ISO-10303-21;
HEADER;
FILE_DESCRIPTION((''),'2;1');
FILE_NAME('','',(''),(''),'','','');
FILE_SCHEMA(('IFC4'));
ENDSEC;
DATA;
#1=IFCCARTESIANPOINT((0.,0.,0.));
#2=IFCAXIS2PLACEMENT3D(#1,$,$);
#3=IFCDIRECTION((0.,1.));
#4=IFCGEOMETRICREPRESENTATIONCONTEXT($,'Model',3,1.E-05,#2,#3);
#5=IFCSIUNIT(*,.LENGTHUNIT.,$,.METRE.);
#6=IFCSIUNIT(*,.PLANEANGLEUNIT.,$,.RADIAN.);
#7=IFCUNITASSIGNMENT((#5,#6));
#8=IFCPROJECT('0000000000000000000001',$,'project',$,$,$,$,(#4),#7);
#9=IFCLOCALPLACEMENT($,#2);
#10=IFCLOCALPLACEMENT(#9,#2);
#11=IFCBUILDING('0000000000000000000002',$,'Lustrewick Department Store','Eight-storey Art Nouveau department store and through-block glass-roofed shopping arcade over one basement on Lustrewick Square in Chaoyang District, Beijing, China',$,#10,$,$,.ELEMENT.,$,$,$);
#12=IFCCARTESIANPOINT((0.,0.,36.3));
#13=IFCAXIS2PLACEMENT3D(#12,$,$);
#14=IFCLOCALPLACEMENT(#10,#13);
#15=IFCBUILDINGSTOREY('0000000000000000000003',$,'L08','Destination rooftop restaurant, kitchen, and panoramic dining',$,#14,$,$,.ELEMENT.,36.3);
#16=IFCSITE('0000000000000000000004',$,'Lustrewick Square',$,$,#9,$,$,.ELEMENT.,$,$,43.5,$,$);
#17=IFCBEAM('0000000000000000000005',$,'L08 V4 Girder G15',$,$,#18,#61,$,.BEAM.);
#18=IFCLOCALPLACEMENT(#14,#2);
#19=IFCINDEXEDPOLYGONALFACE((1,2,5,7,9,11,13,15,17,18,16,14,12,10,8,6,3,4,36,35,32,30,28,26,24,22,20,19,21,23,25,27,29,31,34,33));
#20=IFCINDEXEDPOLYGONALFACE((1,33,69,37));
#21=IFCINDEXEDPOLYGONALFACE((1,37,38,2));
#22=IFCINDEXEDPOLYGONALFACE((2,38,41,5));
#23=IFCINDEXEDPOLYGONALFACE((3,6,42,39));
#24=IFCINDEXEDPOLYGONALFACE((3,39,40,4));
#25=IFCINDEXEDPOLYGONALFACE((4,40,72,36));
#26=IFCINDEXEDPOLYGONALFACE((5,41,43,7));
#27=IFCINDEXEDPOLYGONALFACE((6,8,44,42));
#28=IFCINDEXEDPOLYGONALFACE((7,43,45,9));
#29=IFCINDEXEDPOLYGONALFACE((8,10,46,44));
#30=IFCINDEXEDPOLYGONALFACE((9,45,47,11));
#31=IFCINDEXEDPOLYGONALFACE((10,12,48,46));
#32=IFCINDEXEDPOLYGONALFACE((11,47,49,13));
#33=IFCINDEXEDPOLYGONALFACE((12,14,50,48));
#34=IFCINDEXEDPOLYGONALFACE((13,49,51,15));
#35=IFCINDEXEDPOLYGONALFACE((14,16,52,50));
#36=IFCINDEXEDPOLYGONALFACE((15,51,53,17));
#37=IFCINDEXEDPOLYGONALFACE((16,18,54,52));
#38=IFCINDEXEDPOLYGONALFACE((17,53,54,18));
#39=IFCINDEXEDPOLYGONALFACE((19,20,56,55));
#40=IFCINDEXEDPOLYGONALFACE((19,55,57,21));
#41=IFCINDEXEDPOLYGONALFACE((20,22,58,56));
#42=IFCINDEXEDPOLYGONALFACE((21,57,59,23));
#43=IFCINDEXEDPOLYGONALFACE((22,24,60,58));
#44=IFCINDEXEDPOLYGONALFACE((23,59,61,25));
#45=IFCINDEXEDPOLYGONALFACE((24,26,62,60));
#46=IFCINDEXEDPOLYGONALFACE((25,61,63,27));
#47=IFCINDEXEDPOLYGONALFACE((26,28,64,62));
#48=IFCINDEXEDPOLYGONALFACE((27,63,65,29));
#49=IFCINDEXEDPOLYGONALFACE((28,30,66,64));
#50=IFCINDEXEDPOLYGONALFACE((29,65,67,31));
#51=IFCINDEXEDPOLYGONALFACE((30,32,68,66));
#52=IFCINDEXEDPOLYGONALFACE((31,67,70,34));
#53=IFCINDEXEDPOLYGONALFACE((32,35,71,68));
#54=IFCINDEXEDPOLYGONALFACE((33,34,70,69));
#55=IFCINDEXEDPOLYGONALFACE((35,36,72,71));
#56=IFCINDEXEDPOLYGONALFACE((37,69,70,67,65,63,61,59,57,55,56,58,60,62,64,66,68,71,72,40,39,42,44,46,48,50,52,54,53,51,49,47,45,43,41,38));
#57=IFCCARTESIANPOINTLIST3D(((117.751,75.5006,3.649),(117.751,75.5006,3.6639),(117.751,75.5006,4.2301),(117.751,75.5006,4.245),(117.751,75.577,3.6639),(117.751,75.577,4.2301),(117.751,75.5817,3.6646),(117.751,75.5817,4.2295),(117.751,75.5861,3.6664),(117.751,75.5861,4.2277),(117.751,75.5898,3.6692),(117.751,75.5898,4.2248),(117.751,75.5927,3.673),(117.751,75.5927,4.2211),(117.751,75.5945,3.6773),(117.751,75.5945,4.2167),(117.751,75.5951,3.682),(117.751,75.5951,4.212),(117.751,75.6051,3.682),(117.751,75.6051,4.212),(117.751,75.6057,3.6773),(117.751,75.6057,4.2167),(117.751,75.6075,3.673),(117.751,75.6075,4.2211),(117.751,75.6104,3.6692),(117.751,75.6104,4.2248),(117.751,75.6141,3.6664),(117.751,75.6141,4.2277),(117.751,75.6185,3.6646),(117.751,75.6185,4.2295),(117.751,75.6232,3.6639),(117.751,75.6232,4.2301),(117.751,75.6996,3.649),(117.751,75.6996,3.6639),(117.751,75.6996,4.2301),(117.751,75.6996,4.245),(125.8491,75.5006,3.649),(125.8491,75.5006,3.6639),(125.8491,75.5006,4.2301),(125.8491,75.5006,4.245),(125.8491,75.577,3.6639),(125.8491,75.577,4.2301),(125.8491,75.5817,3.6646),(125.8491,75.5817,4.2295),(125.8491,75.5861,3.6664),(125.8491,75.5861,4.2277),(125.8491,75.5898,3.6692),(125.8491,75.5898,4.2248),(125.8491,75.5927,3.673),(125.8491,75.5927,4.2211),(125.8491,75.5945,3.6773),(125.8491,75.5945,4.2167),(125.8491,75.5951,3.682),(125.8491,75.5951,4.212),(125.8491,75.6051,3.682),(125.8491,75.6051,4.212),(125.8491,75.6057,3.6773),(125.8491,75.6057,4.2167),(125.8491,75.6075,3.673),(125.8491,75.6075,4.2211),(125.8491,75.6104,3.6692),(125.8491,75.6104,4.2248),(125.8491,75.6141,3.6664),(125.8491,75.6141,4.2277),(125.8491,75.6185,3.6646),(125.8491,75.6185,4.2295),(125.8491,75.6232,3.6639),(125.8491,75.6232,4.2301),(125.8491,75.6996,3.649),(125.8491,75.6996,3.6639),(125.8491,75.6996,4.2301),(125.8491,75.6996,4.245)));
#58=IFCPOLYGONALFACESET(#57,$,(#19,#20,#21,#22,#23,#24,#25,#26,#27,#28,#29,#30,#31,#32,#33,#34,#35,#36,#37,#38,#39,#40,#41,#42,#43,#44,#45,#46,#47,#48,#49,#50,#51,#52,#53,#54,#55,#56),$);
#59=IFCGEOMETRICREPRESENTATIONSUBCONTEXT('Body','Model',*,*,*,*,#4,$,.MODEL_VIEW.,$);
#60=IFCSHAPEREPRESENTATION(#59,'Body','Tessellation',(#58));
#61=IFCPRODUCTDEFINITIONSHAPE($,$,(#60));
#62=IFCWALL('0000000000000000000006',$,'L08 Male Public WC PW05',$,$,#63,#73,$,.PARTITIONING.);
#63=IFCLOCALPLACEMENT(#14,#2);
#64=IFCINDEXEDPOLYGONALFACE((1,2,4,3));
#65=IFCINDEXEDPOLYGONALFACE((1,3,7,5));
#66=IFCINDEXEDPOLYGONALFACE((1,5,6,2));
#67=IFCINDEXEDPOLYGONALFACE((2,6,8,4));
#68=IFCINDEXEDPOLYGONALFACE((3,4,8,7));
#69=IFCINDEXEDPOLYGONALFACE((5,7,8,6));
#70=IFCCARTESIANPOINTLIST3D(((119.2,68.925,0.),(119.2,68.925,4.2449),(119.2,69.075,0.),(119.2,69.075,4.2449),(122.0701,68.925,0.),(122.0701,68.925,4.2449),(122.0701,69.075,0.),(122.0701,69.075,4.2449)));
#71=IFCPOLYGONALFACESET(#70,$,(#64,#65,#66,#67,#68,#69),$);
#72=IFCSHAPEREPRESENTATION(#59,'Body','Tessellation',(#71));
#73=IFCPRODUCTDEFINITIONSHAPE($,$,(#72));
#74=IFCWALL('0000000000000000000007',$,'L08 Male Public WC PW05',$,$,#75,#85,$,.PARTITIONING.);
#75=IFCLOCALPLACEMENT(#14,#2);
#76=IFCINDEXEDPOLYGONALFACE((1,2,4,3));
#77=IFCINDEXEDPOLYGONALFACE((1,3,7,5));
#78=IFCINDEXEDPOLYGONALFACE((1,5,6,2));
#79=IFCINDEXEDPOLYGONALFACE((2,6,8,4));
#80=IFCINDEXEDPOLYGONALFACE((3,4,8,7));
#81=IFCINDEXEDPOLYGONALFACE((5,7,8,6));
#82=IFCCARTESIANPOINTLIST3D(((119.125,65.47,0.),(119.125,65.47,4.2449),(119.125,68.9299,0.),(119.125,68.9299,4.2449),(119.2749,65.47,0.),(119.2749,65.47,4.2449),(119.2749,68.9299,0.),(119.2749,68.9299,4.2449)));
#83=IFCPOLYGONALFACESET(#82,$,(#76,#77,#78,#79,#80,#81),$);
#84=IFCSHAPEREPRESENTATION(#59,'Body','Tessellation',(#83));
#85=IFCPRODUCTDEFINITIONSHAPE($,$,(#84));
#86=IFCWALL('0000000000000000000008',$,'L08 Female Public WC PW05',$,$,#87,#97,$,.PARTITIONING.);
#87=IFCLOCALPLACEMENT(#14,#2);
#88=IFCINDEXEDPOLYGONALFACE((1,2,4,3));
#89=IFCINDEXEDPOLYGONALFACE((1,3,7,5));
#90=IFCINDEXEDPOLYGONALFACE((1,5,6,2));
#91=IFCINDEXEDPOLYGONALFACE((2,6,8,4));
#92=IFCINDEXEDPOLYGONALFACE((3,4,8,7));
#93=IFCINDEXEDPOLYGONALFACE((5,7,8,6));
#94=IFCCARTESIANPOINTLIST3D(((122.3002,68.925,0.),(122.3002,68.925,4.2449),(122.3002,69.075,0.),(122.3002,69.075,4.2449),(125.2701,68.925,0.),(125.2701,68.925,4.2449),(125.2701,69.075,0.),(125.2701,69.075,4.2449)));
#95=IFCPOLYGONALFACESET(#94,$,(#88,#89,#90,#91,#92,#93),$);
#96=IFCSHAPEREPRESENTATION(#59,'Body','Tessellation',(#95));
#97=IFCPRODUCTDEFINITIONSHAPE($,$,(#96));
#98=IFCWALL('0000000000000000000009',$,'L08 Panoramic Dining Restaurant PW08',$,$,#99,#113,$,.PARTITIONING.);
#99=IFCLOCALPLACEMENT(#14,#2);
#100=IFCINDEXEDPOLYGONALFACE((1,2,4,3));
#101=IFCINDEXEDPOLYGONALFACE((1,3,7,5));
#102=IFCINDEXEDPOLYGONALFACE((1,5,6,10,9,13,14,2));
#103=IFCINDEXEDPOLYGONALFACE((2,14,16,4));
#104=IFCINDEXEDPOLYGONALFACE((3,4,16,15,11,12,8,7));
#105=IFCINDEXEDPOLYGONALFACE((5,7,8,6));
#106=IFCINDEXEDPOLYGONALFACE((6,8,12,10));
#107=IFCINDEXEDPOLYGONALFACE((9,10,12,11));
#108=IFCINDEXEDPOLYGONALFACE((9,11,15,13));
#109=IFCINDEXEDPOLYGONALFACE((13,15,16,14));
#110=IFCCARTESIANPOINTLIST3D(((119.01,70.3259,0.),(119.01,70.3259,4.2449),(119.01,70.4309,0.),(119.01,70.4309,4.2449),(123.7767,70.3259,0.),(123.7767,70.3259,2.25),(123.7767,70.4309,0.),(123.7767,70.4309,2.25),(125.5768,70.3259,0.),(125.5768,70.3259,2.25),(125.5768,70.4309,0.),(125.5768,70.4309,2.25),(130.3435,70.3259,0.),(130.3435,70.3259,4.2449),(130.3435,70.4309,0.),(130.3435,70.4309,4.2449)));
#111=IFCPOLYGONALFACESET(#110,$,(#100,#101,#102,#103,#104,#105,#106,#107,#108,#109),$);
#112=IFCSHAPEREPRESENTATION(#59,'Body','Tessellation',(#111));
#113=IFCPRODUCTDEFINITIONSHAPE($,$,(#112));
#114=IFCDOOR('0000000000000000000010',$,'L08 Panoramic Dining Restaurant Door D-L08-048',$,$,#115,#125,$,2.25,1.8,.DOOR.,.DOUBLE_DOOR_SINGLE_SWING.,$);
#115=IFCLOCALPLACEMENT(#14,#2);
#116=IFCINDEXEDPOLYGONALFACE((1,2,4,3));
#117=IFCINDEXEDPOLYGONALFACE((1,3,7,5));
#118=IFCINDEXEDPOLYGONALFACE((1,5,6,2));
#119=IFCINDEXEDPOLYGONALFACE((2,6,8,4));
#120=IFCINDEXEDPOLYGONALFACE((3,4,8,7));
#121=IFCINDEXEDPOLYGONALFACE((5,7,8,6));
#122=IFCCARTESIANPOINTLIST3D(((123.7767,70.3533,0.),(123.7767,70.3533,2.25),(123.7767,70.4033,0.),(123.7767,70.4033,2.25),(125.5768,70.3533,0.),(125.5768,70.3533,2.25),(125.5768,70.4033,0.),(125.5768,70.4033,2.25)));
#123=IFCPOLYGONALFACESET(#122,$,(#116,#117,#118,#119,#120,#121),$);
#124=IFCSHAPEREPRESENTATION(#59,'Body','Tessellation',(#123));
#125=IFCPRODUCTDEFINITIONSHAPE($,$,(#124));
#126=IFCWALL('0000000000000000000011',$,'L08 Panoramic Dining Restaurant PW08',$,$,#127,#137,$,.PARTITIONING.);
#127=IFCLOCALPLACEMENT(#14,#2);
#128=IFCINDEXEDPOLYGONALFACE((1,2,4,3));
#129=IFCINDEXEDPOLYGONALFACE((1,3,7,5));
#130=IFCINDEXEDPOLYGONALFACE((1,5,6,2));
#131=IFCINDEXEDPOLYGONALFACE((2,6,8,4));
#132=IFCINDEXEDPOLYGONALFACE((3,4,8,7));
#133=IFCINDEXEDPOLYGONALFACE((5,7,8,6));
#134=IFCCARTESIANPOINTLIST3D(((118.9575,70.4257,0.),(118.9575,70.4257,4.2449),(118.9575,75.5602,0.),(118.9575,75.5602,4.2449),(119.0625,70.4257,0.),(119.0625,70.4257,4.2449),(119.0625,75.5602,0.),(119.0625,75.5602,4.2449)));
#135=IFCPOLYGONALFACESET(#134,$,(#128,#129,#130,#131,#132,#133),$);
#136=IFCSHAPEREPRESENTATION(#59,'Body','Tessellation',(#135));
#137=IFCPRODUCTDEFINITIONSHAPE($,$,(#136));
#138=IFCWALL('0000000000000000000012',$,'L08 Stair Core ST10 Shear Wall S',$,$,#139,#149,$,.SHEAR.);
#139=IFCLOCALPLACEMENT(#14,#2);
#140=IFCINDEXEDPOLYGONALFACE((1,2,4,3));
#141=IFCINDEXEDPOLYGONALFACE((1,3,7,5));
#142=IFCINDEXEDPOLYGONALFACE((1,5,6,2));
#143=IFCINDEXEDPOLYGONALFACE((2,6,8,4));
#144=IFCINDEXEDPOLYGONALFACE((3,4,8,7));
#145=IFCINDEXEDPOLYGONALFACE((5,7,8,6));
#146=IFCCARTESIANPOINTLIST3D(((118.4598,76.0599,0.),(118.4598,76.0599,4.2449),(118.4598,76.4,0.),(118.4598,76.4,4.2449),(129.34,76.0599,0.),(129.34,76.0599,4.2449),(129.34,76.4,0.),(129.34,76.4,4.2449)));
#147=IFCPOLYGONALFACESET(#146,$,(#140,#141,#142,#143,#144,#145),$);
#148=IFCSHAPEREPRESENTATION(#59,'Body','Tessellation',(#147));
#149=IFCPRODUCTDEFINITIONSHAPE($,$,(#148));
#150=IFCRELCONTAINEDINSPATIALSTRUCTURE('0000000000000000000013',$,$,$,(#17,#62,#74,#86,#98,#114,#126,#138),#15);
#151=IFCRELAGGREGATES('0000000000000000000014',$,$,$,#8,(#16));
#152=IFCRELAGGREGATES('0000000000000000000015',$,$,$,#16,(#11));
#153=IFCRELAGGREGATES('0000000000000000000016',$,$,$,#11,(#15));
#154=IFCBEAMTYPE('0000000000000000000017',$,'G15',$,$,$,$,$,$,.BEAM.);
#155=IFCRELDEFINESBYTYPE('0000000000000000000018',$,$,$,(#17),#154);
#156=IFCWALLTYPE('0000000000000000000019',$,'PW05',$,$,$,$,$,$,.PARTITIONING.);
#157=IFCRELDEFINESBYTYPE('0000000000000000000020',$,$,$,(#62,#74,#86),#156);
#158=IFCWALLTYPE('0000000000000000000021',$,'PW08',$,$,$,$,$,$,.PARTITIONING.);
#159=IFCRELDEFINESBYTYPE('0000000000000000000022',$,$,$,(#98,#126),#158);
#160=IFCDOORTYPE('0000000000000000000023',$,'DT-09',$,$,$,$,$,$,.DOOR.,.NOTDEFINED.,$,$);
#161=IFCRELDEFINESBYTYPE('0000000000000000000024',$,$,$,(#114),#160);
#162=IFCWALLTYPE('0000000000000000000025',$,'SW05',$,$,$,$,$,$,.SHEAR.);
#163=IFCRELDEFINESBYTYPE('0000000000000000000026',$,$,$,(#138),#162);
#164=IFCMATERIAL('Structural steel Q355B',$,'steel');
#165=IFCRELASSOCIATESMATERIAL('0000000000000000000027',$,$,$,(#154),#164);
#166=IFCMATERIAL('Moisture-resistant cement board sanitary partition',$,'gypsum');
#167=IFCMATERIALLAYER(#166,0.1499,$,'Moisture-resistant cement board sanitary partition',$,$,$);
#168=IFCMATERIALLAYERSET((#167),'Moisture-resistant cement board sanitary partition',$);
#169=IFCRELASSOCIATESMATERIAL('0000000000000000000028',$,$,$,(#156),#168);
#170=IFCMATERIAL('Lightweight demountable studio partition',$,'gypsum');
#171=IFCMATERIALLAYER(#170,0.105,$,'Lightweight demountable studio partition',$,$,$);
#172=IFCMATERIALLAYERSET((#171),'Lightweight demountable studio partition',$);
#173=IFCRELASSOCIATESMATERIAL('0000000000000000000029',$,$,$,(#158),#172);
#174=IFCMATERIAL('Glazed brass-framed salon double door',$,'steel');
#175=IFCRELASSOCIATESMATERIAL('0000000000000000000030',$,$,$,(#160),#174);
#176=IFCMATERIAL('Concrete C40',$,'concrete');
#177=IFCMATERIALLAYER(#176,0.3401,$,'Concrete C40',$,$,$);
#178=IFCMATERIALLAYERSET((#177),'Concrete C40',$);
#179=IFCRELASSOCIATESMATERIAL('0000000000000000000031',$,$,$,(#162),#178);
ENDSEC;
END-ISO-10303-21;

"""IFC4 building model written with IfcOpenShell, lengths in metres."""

from ifc_helpers import new_model, si_unit, direction, frame, frame_2d, origin, origin_2d, place, context, subcontext, project, spatial, rectangle, i_section, extrude, material, layer, layer_set, material_profile, profile_set, type_object, element, fill, save


model = new_model("IFC4")

# Units and contexts
model_context = context("Model", 3, precision=1e-05, world=origin(), true_north=direction((0.0, 1.0)))
body_context = subcontext(model_context, "Body", "Model", "MODEL_VIEW")
ifc_project = project(units=[si_unit("LENGTHUNIT", "METRE"), si_unit("PLANEANGLEUNIT", "RADIAN")], contexts=[model_context])

# Site, building, storey
site_placement = place(None, origin())
site = spatial("IfcSite", under=ifc_project, at=site_placement, Name="Lustrewick Square", CompositionType="ELEMENT", RefElevation=43.5)
building_placement = place(site_placement, origin())
building = spatial("IfcBuilding", under=site, at=building_placement, Name="Lustrewick Department Store", Description="Eight-storey Art Nouveau department store and through-block glass-roofed shopping arcade over one basement on Lustrewick Square in Chaoyang District, Beijing, China", CompositionType="ELEMENT")
storey_placement = place(building_placement, frame((0.0, 0.0, 36.3)))
storey = spatial("IfcBuildingStorey", under=building, at=storey_placement, Name="L08", Description="Destination rooftop restaurant, kitchen, and panoramic dining", CompositionType="ELEMENT", Elevation=36.3)

# Shared definitions
ifc_material_1 = material(Name="Structural steel Q355B", Category="steel")

# Beam
ifc_material_profile_1 = material_profile(ifc_material_1, i_section(OverallWidth=0.199, OverallDepth=0.5959, WebThickness=0.01, FlangeThickness=0.0149, FilletRadius=0.0181, at=origin_2d()), Name="HN 596x199x10x15")
ifc_profile_set_1 = profile_set([ifc_material_profile_1], Name="Structural steel Q355B")
beam_type_1 = type_object("IfcBeamType", Name="G15", PredefinedType="BEAM", material=ifc_profile_set_1)
beam_1_placement = place(storey_placement, frame((117.751, 75.6001, 3.947), z_axis=(1.0, 0.0, 0.0), x_axis=(0.0, 1.0, 0.0)))
element("IfcBeam", 1, at=beam_1_placement, inside=storey, type_object=beam_type_1, Name="L08 V4 Girder G15", PredefinedType="BEAM", context=body_context, shape_type="SweptSolid", body=[
    extrude(i_section(OverallWidth=0.199, OverallDepth=0.5959, WebThickness=0.01, FlangeThickness=0.0149, FilletRadius=0.0181, at=origin_2d()), origin(), (0.0, 0.0, 1.0), 8.0981),
])

# Walls
ifc_material_2 = material(Name="Moisture-resistant cement board sanitary partition", Category="gypsum")
ifc_layer_1 = layer(ifc_material_2, 0.1499, Name="Moisture-resistant cement board sanitary partition")
ifc_layer_set_1 = layer_set([ifc_layer_1], Name="Moisture-resistant cement board sanitary partition")
wall_type_1 = type_object("IfcWallType", Name="PW05", PredefinedType="PARTITIONING", material=ifc_layer_set_1)
wall_1_placement = place(storey_placement, frame((122.0701, 69.0, 0.0), z_axis=(0.0, 0.0, 1.0), x_axis=(-1.0, 0.0, 0.0)))
element("IfcWall", 2, at=wall_1_placement, inside=storey, type_object=wall_type_1, Name="L08 Male Public WC PW05", PredefinedType="PARTITIONING", context=body_context, shape_type="SweptSolid", body=[
    extrude(rectangle(XDim=2.8701, YDim=0.1499, at=frame_2d((1.4351, 0.0))), origin(), (0.0, 0.0, 1.0), 4.2449),
])
wall_2_placement = place(storey_placement, frame((119.2, 68.9299, 0.0), z_axis=(0.0, 0.0, 1.0), x_axis=(0.0, -1.0, 0.0)))
element("IfcWall", 3, at=wall_2_placement, inside=storey, type_object=wall_type_1, Name="L08 Male Public WC PW05", PredefinedType="PARTITIONING", context=body_context, shape_type="SweptSolid", body=[
    extrude(rectangle(XDim=3.46, YDim=0.1499, at=frame_2d((1.73, 0.0))), origin(), (0.0, 0.0, 1.0), 4.2449),
])
wall_3_placement = place(storey_placement, frame((125.27, 69.0, 0.0), z_axis=(0.0, 0.0, 1.0), x_axis=(-1.0, 0.0, 0.0)))
element("IfcWall", 4, at=wall_3_placement, inside=storey, type_object=wall_type_1, Name="L08 Female Public WC PW05", PredefinedType="PARTITIONING", context=body_context, shape_type="SweptSolid", body=[
    extrude(rectangle(XDim=2.97, YDim=0.1499, at=frame_2d((1.4849, 0.0))), origin(), (0.0, 0.0, 1.0), 4.2449),
])

# Wall, opening, door
ifc_material_3 = material(Name="Lightweight demountable studio partition", Category="gypsum")
ifc_layer_2 = layer(ifc_material_3, 0.105, Name="Lightweight demountable studio partition")
ifc_layer_set_2 = layer_set([ifc_layer_2], Name="Lightweight demountable studio partition")
wall_type_2 = type_object("IfcWallType", Name="PW08", PredefinedType="PARTITIONING", material=ifc_layer_set_2)
wall_4_placement = place(storey_placement, frame((119.01, 70.3784, 0.0), z_axis=(0.0, 0.0, 1.0), x_axis=(1.0, 0.0, 0.0)))
wall_4 = element("IfcWall", 5, at=wall_4_placement, inside=storey, type_object=wall_type_2, Name="L08 Panoramic Dining Restaurant PW08", PredefinedType="PARTITIONING", context=body_context, shape_type="SweptSolid", body=[
    extrude(rectangle(XDim=11.3335, YDim=0.105, at=frame_2d((5.6667, 0.0))), origin(), (0.0, 0.0, 1.0), 4.2449),
])
opening_1_placement = place(wall_4_placement, frame((4.7668, 0.0, 0.0)))
opening_1 = element("IfcOpeningElement", 6, at=opening_1_placement, cuts=wall_4, PredefinedType="OPENING", context=body_context, shape_type="SweptSolid", body=[
    extrude(rectangle(XDim=1.8, YDim=2.25, at=frame_2d((0.8999, 1.125))), frame((0.0, 0.0625, 0.0), z_axis=(0.0, -1.0, 0.0), x_axis=(1.0, 0.0, 0.0)), (0.0, 0.0, 1.0), 0.125),
])
ifc_material_4 = material(Name="Glazed brass-framed salon double door", Category="steel")
door_type_1 = type_object("IfcDoorType", Name="DT-09", OperationType="NOTDEFINED", PredefinedType="DOOR", material=ifc_material_4)
door_1_placement = place(opening_1_placement, origin())
door_1 = element("IfcDoor", 7, at=door_1_placement, inside=storey, type_object=door_type_1, Name="L08 Panoramic Dining Restaurant Door D-L08-048", OperationType="DOUBLE_DOOR_SINGLE_SWING", OverallHeight=2.25, OverallWidth=1.8, PredefinedType="DOOR", context=body_context, shape_type="SweptSolid", body=[
    extrude(rectangle(XDim=1.8, YDim=2.25, at=frame_2d((0.8999, 1.125))), frame((0.0, 0.0249, 0.0), z_axis=(0.0, -1.0, 0.0), x_axis=(1.0, 0.0, 0.0)), (0.0, 0.0, 1.0), 0.05),
])
fill(opening_1, door_1)

# Walls
wall_5_placement = place(storey_placement, frame((119.01, 75.5603, 0.0), z_axis=(0.0, 0.0, 1.0), x_axis=(0.0, -1.0, 0.0)))
element("IfcWall", 8, at=wall_5_placement, inside=storey, type_object=wall_type_2, Name="L08 Panoramic Dining Restaurant PW08", PredefinedType="PARTITIONING", context=body_context, shape_type="SweptSolid", body=[
    extrude(rectangle(XDim=5.1345, YDim=0.105, at=frame_2d((2.5674, 0.0))), origin(), (0.0, 0.0, 1.0), 4.2449),
])
ifc_material_5 = material(Name="Concrete C40", Category="concrete")
ifc_layer_3 = layer(ifc_material_5, 0.3401, Name="Concrete C40")
ifc_layer_set_3 = layer_set([ifc_layer_3], Name="Concrete C40")
wall_type_3 = type_object("IfcWallType", Name="SW05", PredefinedType="SHEAR", material=ifc_layer_set_3)
wall_6_placement = place(storey_placement, frame((118.46, 76.23, 0.0), z_axis=(0.0, 0.0, 1.0), x_axis=(1.0, 0.0, 0.0)))
element("IfcWall", 9, at=wall_6_placement, inside=storey, type_object=wall_type_3, Name="L08 Stair Core ST10 Shear Wall S", PredefinedType="SHEAR", context=body_context, shape_type="SweptSolid", body=[
    extrude(rectangle(XDim=10.8801, YDim=0.3401, at=frame_2d((5.4399, 0.0))), origin(), (0.0, 0.0, 1.0), 4.2449),
])

save(model, "model.ifc")
